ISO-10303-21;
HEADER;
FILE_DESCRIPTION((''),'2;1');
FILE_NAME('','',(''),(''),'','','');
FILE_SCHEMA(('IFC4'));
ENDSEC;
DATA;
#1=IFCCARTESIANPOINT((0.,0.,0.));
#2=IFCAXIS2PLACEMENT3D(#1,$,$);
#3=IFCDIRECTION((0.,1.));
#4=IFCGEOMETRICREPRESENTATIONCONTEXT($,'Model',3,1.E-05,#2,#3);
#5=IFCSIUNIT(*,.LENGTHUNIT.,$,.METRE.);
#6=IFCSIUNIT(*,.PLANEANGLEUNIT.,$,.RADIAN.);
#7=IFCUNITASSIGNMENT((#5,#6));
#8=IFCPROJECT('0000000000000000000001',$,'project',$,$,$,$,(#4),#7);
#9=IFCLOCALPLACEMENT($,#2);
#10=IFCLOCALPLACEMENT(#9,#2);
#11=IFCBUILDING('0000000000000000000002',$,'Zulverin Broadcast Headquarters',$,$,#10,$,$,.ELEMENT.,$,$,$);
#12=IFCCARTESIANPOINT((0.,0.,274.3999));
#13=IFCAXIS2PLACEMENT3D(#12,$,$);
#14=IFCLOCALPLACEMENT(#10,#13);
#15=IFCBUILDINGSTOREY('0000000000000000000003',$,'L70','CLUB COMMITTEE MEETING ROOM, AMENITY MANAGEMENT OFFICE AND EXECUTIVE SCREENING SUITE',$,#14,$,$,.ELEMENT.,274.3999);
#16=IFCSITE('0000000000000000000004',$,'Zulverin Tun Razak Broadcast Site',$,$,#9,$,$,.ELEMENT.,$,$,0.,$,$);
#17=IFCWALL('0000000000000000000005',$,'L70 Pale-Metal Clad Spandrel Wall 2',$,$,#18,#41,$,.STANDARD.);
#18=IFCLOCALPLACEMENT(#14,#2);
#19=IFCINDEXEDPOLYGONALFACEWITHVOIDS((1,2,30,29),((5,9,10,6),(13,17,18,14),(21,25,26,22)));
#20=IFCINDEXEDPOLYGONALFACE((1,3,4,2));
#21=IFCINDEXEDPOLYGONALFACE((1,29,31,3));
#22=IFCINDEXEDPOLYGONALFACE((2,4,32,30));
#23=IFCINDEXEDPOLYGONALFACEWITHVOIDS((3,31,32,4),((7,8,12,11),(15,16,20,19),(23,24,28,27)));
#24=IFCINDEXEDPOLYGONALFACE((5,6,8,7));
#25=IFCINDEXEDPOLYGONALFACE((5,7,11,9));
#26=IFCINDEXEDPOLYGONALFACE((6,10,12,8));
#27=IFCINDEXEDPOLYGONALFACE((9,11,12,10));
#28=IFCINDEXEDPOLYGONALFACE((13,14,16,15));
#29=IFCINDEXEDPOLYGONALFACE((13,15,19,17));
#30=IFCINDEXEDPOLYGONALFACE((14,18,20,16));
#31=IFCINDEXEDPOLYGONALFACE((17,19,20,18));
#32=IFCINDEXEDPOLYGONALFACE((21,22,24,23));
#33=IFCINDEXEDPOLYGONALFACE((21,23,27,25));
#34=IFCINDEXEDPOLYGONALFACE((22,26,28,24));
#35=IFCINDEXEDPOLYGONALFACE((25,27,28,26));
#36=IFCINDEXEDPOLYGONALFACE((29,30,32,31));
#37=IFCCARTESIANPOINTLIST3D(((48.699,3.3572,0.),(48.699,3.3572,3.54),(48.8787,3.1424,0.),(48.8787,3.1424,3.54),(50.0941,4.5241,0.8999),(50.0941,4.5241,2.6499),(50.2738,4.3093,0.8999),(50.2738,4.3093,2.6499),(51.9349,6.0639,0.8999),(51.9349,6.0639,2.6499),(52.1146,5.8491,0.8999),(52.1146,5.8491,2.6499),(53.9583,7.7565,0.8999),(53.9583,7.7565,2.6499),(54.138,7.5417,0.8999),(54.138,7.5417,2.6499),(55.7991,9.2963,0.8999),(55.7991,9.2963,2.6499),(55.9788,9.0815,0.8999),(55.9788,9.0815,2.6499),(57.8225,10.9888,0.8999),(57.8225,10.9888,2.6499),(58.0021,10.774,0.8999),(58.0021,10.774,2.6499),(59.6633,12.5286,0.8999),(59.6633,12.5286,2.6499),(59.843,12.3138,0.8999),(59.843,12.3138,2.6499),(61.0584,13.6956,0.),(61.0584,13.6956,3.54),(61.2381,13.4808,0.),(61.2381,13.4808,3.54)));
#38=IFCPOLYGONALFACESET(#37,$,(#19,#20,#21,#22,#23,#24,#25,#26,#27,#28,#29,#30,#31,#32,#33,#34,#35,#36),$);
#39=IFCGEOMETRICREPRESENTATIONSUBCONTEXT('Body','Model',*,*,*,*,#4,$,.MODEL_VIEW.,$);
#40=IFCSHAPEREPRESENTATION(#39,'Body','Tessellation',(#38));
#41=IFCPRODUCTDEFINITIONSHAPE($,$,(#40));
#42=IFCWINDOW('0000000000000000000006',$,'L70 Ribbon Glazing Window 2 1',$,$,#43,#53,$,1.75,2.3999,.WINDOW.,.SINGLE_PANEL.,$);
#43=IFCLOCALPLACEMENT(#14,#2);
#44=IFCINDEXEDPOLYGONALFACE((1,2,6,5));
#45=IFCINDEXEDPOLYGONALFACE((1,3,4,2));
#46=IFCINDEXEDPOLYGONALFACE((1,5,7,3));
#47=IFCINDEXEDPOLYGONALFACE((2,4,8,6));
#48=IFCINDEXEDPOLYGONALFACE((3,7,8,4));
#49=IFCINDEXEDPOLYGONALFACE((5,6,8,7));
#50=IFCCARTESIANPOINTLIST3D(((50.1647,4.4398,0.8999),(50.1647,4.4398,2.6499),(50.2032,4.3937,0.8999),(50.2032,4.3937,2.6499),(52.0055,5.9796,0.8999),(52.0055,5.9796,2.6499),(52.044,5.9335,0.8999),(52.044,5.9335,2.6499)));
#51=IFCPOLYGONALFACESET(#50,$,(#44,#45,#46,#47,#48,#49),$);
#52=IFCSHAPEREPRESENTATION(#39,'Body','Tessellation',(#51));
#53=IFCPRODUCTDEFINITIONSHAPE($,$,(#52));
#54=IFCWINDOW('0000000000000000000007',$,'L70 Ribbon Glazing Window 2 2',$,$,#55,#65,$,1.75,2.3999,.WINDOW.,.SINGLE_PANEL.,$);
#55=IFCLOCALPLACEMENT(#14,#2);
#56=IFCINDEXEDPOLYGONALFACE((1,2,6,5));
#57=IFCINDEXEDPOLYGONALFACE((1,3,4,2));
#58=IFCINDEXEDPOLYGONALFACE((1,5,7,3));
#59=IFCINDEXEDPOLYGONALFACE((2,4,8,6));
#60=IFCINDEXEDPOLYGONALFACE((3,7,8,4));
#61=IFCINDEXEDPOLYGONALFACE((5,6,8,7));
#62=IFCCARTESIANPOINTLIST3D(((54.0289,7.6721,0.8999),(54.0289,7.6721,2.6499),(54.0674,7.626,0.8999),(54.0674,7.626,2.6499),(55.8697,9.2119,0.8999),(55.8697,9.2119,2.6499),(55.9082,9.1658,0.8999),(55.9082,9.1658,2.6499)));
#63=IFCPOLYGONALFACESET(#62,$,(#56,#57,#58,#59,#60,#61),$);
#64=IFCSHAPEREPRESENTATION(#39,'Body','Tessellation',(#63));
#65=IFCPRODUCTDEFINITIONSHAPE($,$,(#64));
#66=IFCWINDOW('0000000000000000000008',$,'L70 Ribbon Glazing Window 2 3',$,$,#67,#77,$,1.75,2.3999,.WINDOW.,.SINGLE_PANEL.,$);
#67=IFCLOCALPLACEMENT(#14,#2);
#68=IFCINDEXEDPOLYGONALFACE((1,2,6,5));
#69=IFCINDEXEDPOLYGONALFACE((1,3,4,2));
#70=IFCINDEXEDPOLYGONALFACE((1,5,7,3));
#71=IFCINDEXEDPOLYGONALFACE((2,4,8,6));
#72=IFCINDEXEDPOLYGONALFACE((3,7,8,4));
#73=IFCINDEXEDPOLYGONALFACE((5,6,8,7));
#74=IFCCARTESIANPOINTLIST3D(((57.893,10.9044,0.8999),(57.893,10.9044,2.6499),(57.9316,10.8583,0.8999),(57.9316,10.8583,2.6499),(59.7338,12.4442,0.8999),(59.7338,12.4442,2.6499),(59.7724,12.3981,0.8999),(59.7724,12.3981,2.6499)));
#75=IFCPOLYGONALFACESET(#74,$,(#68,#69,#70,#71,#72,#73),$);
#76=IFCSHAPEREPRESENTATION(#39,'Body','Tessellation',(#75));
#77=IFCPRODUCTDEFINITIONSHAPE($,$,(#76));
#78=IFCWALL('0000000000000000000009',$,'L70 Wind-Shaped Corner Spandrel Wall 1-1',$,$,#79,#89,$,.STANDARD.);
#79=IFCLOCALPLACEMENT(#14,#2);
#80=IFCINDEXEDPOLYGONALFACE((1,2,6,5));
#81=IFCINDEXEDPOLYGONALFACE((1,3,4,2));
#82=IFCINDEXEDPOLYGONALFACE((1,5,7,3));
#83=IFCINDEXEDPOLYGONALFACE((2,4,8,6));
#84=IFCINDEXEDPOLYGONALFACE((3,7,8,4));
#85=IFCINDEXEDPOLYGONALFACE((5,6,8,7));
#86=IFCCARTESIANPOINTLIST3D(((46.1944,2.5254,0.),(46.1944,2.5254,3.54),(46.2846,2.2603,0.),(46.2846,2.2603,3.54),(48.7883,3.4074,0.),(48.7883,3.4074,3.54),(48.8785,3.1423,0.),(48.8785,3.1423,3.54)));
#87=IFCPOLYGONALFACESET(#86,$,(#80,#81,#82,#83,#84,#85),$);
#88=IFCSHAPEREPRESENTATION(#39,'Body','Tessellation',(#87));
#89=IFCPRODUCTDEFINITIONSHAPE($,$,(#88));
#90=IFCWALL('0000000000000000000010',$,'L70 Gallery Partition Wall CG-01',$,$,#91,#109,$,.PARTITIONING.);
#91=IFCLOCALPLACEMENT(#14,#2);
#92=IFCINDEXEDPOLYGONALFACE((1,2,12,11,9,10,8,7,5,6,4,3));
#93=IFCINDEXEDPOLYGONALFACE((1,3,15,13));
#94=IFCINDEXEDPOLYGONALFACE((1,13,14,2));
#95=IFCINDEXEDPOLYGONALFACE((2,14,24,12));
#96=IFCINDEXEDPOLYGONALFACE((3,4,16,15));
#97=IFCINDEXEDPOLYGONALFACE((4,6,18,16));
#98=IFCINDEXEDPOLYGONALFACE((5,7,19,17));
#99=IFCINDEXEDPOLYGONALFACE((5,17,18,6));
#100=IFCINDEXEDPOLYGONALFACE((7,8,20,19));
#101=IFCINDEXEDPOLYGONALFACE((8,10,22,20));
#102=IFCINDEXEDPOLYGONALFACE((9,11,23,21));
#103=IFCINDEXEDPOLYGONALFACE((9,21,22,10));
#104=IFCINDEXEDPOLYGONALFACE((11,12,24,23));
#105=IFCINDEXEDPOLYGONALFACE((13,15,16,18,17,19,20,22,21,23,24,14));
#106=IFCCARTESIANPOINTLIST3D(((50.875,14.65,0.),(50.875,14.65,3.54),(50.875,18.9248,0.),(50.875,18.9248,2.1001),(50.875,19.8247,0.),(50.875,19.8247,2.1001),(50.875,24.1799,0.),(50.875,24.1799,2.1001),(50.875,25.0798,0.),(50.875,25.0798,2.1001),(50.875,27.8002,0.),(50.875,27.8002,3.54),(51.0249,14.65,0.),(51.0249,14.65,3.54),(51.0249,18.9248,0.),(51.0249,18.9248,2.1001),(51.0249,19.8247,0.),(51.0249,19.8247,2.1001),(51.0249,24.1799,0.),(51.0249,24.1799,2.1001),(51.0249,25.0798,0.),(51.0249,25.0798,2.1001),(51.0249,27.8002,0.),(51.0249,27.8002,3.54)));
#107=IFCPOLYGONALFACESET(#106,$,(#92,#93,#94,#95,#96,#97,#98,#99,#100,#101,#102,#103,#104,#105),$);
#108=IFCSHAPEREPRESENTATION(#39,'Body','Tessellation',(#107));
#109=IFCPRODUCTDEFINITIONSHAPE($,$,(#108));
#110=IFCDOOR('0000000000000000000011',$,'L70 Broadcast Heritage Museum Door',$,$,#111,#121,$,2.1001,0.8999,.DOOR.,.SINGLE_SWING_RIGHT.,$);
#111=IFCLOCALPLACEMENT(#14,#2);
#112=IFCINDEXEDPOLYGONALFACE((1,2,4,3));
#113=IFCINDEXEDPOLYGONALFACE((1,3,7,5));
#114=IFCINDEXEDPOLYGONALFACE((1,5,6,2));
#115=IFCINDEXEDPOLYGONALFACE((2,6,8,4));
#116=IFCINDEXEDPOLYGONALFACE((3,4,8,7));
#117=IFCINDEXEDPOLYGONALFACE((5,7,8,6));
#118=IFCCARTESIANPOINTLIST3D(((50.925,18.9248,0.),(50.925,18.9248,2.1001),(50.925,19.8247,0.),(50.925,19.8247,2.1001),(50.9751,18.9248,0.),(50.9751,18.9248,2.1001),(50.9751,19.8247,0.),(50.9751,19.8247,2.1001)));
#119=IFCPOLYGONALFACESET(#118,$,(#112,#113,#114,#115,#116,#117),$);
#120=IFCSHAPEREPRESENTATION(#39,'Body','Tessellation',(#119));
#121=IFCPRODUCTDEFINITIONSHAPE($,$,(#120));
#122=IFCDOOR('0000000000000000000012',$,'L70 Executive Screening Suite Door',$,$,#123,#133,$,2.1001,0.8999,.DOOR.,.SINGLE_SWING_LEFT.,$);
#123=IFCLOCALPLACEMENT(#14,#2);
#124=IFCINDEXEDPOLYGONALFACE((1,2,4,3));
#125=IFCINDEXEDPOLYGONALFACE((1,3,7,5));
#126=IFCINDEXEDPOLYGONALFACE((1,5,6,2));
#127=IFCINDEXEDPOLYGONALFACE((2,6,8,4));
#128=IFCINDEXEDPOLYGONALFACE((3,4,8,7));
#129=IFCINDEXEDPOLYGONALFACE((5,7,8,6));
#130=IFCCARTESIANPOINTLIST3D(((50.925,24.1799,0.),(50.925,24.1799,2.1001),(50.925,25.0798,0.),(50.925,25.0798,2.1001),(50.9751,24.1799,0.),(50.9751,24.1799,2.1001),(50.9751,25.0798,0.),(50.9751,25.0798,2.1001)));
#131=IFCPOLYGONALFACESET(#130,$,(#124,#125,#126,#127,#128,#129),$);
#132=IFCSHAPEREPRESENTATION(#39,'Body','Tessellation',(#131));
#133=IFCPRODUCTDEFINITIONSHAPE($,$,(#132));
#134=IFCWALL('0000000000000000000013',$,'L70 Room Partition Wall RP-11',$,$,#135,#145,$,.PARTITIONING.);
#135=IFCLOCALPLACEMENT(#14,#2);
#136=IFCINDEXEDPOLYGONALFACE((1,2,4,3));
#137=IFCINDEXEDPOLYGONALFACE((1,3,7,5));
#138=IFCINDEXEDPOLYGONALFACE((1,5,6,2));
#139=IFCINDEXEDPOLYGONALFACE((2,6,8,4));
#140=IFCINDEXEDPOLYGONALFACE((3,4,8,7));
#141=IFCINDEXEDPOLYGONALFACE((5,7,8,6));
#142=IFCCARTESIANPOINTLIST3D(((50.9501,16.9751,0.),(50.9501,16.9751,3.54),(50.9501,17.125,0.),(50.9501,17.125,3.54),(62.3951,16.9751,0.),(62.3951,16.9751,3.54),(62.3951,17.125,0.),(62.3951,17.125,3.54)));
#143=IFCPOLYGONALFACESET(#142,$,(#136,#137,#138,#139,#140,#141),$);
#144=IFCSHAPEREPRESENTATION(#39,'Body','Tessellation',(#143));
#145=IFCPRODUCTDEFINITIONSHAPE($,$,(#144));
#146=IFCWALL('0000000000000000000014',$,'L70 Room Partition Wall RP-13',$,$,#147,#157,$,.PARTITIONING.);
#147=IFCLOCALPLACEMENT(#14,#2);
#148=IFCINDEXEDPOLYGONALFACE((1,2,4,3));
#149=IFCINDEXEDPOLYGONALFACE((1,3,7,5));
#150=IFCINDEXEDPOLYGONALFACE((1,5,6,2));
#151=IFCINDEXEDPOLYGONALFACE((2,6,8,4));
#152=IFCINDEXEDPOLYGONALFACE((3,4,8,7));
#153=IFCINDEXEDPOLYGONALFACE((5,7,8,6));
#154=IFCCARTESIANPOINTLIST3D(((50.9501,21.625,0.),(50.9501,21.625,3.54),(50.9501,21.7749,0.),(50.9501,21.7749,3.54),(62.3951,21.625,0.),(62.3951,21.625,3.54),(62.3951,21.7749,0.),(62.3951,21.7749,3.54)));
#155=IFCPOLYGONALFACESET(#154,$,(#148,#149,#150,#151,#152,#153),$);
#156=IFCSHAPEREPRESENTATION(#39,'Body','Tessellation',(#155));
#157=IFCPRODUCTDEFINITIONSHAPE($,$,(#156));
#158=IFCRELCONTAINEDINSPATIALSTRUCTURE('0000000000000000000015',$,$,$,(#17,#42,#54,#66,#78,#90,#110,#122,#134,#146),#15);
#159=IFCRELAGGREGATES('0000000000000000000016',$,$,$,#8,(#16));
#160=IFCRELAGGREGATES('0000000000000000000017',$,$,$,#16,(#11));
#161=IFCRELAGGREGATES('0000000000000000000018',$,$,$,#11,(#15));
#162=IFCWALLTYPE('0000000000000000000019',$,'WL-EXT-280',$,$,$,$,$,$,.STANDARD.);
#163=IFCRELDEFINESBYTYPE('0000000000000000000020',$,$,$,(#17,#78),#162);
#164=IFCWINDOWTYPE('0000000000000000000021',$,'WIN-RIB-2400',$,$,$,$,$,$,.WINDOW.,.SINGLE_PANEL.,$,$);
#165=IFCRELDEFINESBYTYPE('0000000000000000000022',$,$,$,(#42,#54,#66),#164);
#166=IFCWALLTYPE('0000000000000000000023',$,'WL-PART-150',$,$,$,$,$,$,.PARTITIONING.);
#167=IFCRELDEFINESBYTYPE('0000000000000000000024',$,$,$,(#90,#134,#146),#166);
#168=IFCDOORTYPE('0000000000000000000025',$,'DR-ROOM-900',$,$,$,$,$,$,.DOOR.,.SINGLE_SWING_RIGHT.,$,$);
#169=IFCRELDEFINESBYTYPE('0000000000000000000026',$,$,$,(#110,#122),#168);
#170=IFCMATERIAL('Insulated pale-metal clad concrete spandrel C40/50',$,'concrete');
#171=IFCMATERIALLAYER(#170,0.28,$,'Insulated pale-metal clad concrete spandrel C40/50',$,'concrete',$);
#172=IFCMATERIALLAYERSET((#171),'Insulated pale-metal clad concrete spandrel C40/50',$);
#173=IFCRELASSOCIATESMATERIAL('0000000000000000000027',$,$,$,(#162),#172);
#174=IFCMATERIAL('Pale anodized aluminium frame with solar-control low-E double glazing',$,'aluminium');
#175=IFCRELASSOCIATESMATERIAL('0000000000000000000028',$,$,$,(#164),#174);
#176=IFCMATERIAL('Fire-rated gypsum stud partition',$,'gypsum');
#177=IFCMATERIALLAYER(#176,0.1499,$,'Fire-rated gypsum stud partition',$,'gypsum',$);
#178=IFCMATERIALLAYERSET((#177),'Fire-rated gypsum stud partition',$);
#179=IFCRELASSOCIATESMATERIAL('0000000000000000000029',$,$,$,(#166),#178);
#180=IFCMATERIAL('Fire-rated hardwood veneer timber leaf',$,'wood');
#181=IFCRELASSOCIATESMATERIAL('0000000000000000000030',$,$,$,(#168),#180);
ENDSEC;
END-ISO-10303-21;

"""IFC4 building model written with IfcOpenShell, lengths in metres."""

from ifc_helpers import new_model, si_unit, direction, frame, frame_2d, origin, place, context, subcontext, project, spatial, rectangle, extrude, material, layer, layer_set, type_object, element, fill, save


model = new_model("IFC4")

# Units and contexts
model_context = context("Model", 3, precision=1e-05, world=origin(), true_north=direction((0.0, 1.0)))
body_context = subcontext(model_context, "Body", "Model", "MODEL_VIEW")
ifc_project = project(units=[si_unit("LENGTHUNIT", "METRE"), si_unit("PLANEANGLEUNIT", "RADIAN")], contexts=[model_context])

# Site, building, storey
site_placement = place(None, origin())
site = spatial("IfcSite", under=ifc_project, at=site_placement, Name="Zulverin Tun Razak Broadcast Site", CompositionType="ELEMENT", RefElevation=0.0)
building_placement = place(site_placement, origin())
building = spatial("IfcBuilding", under=site, at=building_placement, Name="Zulverin Broadcast Headquarters", CompositionType="ELEMENT")
storey_placement = place(building_placement, frame((0.0, 0.0, 274.3999)))
storey = spatial("IfcBuildingStorey", under=building, at=storey_placement, Name="L70", Description="CLUB COMMITTEE MEETING ROOM, AMENITY MANAGEMENT OFFICE AND EXECUTIVE SCREENING SUITE", CompositionType="ELEMENT", Elevation=274.3999)

# Wall, openings, windows
ifc_material_1 = material(Name="Insulated pale-metal clad concrete spandrel C40/50", Category="concrete")
ifc_layer_1 = layer(ifc_material_1, 0.28, Name="Insulated pale-metal clad concrete spandrel C40/50", Category="concrete")
ifc_layer_set_1 = layer_set([ifc_layer_1], Name="Insulated pale-metal clad concrete spandrel C40/50")
wall_type_1 = type_object("IfcWallType", Name="WL-EXT-280", PredefinedType="STANDARD", material=ifc_layer_set_1)
wall_1_placement = place(storey_placement, frame((48.7888, 3.2498, 0.0), z_axis=(0.0, 0.0, 1.0), x_axis=(0.767033, 0.641608, 0.0)))
wall_1 = element("IfcWall", 1, at=wall_1_placement, inside=storey, type_object=wall_type_1, Name="L70 Pale-Metal Clad Spandrel Wall 2", PredefinedType="STANDARD", context=body_context, shape_type="SweptSolid", body=[
    extrude(rectangle(XDim=16.1133, YDim=0.28, at=frame_2d((8.0566, 0.0))), origin(), (0.0, 0.0, 1.0), 3.54),
])
opening_1_placement = place(wall_1_placement, frame((1.8188, 0.0, 0.8999)))
opening_1 = element("IfcOpeningElement", 2, at=opening_1_placement, cuts=wall_1, PredefinedType="OPENING", context=body_context, shape_type="SweptSolid", body=[
    extrude(rectangle(XDim=2.3999, YDim=1.75, at=frame_2d((1.2, 0.875))), frame((0.0, 0.1499, 0.0), z_axis=(0.0, -1.0, 0.0), x_axis=(1.0, 0.0, 0.0)), (0.0, 0.0, 1.0), 0.3),
])
opening_2_placement = place(wall_1_placement, frame((6.8567, 0.0, 0.8999)))
opening_2 = element("IfcOpeningElement", 3, at=opening_2_placement, cuts=wall_1, PredefinedType="OPENING", context=body_context, shape_type="SweptSolid", body=[
    extrude(rectangle(XDim=2.3999, YDim=1.75, at=frame_2d((1.2, 0.875))), frame((0.0, 0.1499, 0.0), z_axis=(0.0, -1.0, 0.0), x_axis=(1.0, 0.0, 0.0)), (0.0, 0.0, 1.0), 0.3),
])
opening_3_placement = place(wall_1_placement, frame((11.8945, 0.0, 0.8999)))
opening_3 = element("IfcOpeningElement", 4, at=opening_3_placement, cuts=wall_1, PredefinedType="OPENING", context=body_context, shape_type="SweptSolid", body=[
    extrude(rectangle(XDim=2.3999, YDim=1.75, at=frame_2d((1.2, 0.875))), frame((0.0, 0.1499, 0.0), z_axis=(0.0, -1.0, 0.0), x_axis=(1.0, 0.0, 0.0)), (0.0, 0.0, 1.0), 0.3),
])
ifc_material_2 = material(Name="Pale anodized aluminium frame with solar-control low-E double glazing", Category="aluminium")
window_type = type_object("IfcWindowType", Name="WIN-RIB-2400", PartitioningType="SINGLE_PANEL", PredefinedType="WINDOW", material=ifc_material_2)
window_1_placement = place(opening_1_placement, origin())
window_1 = element("IfcWindow", 5, at=window_1_placement, inside=storey, type_object=window_type, Name="L70 Ribbon Glazing Window 2 1", OverallHeight=1.75, OverallWidth=2.3999, PartitioningType="SINGLE_PANEL", PredefinedType="WINDOW", context=body_context, shape_type="SweptSolid", body=[
    extrude(rectangle(XDim=2.3999, YDim=1.75, at=frame_2d((1.2, 0.875))), frame((0.0, 0.03, 0.0), z_axis=(0.0, -1.0, 0.0), x_axis=(1.0, 0.0, 0.0)), (0.0, 0.0, 1.0), 0.0601),
])
fill(opening_1, window_1)
window_2_placement = place(opening_2_placement, origin())
window_2 = element("IfcWindow", 6, at=window_2_placement, inside=storey, type_object=window_type, Name="L70 Ribbon Glazing Window 2 2", OverallHeight=1.75, OverallWidth=2.3999, PartitioningType="SINGLE_PANEL", PredefinedType="WINDOW", context=body_context, shape_type="SweptSolid", body=[
    extrude(rectangle(XDim=2.3999, YDim=1.75, at=frame_2d((1.2, 0.875))), frame((0.0, 0.03, 0.0), z_axis=(0.0, -1.0, 0.0), x_axis=(1.0, 0.0, 0.0)), (0.0, 0.0, 1.0), 0.0601),
])
fill(opening_2, window_2)
window_3_placement = place(opening_3_placement, origin())
window_3 = element("IfcWindow", 7, at=window_3_placement, inside=storey, type_object=window_type, Name="L70 Ribbon Glazing Window 2 3", OverallHeight=1.75, OverallWidth=2.3999, PartitioningType="SINGLE_PANEL", PredefinedType="WINDOW", context=body_context, shape_type="SweptSolid", body=[
    extrude(rectangle(XDim=2.3999, YDim=1.75, at=frame_2d((1.2, 0.875))), frame((0.0, 0.03, 0.0), z_axis=(0.0, -1.0, 0.0), x_axis=(1.0, 0.0, 0.0)), (0.0, 0.0, 1.0), 0.0601),
])
fill(opening_3, window_3)

# Wall
wall_2_placement = place(storey_placement, frame((46.2395, 2.3928, 0.0), z_axis=(0.0, 0.0, 1.0), x_axis=(0.946759, 0.321943, 0.0)))
element("IfcWall", 8, at=wall_2_placement, inside=storey, type_object=wall_type_1, Name="L70 Wind-Shaped Corner Spandrel Wall 1-1", PredefinedType="STANDARD", context=body_context, shape_type="SweptSolid", body=[
    extrude(rectangle(XDim=2.7397, YDim=0.28, at=frame_2d((1.3699, 0.0))), origin(), (0.0, 0.0, 1.0), 3.54),
])

# Wall, openings, doors
ifc_material_3 = material(Name="Fire-rated gypsum stud partition", Category="gypsum")
ifc_layer_2 = layer(ifc_material_3, 0.1499, Name="Fire-rated gypsum stud partition", Category="gypsum")
ifc_layer_set_2 = layer_set([ifc_layer_2], Name="Fire-rated gypsum stud partition")
wall_type_2 = type_object("IfcWallType", Name="WL-PART-150", PredefinedType="PARTITIONING", material=ifc_layer_set_2)
wall_3_placement = place(storey_placement, frame((50.95, 14.6499, 0.0), z_axis=(0.0, 0.0, 1.0), x_axis=(0.0, 1.0, 0.0)))
wall_3 = element("IfcWall", 9, at=wall_3_placement, inside=storey, type_object=wall_type_2, Name="L70 Gallery Partition Wall CG-01", PredefinedType="PARTITIONING", context=body_context, shape_type="SweptSolid", body=[
    extrude(rectangle(XDim=13.1501, YDim=0.1499, at=frame_2d((6.5752, 0.0))), origin(), (0.0, 0.0, 1.0), 3.54),
])
opening_4_placement = place(wall_3_placement, frame((4.2749, 0.0, 0.0)))
opening_4 = element("IfcOpeningElement", 10, at=opening_4_placement, cuts=wall_3, PredefinedType="OPENING", context=body_context, shape_type="SweptSolid", body=[
    extrude(rectangle(XDim=0.8999, YDim=2.1001, at=frame_2d((0.45, 1.05))), frame((0.0, 0.085, 0.0), z_axis=(0.0, -1.0, 0.0), x_axis=(1.0, 0.0, 0.0)), (0.0, 0.0, 1.0), 0.1699),
])
opening_5_placement = place(wall_3_placement, frame((9.53, 0.0, 0.0)))
opening_5 = element("IfcOpeningElement", 11, at=opening_5_placement, cuts=wall_3, PredefinedType="OPENING", context=body_context, shape_type="SweptSolid", body=[
    extrude(rectangle(XDim=0.8999, YDim=2.1001, at=frame_2d((0.45, 1.05))), frame((0.0, 0.085, 0.0), z_axis=(0.0, -1.0, 0.0), x_axis=(1.0, 0.0, 0.0)), (0.0, 0.0, 1.0), 0.1699),
])
ifc_material_4 = material(Name="Fire-rated hardwood veneer timber leaf", Category="wood")
door_type_1 = type_object("IfcDoorType", Name="DR-ROOM-900", OperationType="SINGLE_SWING_RIGHT", PredefinedType="DOOR", material=ifc_material_4)
door_1_placement = place(opening_4_placement, origin())
door_1 = element("IfcDoor", 12, at=door_1_placement, inside=storey, type_object=door_type_1, Name="L70 Broadcast Heritage Museum Door", OperationType="SINGLE_SWING_RIGHT", OverallHeight=2.1001, OverallWidth=0.8999, PredefinedType="DOOR", context=body_context, shape_type="SweptSolid", body=[
    extrude(rectangle(XDim=0.8999, YDim=2.1001, at=frame_2d((0.45, 1.05))), frame((0.0, 0.0249, 0.0), z_axis=(0.0, -1.0, 0.0), x_axis=(1.0, 0.0, 0.0)), (0.0, 0.0, 1.0), 0.05),
])
fill(opening_4, door_1)
door_2_placement = place(opening_5_placement, origin())
door_2 = element("IfcDoor", 13, at=door_2_placement, inside=storey, type_object=door_type_1, Name="L70 Executive Screening Suite Door", OperationType="SINGLE_SWING_LEFT", OverallHeight=2.1001, OverallWidth=0.8999, PredefinedType="DOOR", context=body_context, shape_type="SweptSolid", body=[
    extrude(rectangle(XDim=0.8999, YDim=2.1001, at=frame_2d((0.45, 1.05))), frame((0.0, 0.0249, 0.0), z_axis=(0.0, -1.0, 0.0), x_axis=(1.0, 0.0, 0.0)), (0.0, 0.0, 1.0), 0.05),
])
fill(opening_5, door_2)

# Walls
for number, where, z_axis, x_axis, name in (
    (14, (50.95, 17.05, 0.0), (0.0, 0.0, 1.0), (1.0, 0.0, 0.0), "L70 Room Partition Wall RP-11"),
    (15, (50.95, 21.7, 0.0), (0.0, 0.0, 1.0), (1.0, 0.0, 0.0), "L70 Room Partition Wall RP-13"),
):
    element("IfcWall", number, at=place(storey_placement, frame(where, z_axis=z_axis, x_axis=x_axis)), inside=storey, type_object=wall_type_2, Name=name, PredefinedType="PARTITIONING", context=body_context, shape_type="SweptSolid", body=[
        extrude(rectangle(XDim=11.4451, YDim=0.1499, at=frame_2d((5.7227, 0.0))), origin(), (0.0, 0.0, 1.0), 3.54),
    ])

save(model, "model.ifc")
